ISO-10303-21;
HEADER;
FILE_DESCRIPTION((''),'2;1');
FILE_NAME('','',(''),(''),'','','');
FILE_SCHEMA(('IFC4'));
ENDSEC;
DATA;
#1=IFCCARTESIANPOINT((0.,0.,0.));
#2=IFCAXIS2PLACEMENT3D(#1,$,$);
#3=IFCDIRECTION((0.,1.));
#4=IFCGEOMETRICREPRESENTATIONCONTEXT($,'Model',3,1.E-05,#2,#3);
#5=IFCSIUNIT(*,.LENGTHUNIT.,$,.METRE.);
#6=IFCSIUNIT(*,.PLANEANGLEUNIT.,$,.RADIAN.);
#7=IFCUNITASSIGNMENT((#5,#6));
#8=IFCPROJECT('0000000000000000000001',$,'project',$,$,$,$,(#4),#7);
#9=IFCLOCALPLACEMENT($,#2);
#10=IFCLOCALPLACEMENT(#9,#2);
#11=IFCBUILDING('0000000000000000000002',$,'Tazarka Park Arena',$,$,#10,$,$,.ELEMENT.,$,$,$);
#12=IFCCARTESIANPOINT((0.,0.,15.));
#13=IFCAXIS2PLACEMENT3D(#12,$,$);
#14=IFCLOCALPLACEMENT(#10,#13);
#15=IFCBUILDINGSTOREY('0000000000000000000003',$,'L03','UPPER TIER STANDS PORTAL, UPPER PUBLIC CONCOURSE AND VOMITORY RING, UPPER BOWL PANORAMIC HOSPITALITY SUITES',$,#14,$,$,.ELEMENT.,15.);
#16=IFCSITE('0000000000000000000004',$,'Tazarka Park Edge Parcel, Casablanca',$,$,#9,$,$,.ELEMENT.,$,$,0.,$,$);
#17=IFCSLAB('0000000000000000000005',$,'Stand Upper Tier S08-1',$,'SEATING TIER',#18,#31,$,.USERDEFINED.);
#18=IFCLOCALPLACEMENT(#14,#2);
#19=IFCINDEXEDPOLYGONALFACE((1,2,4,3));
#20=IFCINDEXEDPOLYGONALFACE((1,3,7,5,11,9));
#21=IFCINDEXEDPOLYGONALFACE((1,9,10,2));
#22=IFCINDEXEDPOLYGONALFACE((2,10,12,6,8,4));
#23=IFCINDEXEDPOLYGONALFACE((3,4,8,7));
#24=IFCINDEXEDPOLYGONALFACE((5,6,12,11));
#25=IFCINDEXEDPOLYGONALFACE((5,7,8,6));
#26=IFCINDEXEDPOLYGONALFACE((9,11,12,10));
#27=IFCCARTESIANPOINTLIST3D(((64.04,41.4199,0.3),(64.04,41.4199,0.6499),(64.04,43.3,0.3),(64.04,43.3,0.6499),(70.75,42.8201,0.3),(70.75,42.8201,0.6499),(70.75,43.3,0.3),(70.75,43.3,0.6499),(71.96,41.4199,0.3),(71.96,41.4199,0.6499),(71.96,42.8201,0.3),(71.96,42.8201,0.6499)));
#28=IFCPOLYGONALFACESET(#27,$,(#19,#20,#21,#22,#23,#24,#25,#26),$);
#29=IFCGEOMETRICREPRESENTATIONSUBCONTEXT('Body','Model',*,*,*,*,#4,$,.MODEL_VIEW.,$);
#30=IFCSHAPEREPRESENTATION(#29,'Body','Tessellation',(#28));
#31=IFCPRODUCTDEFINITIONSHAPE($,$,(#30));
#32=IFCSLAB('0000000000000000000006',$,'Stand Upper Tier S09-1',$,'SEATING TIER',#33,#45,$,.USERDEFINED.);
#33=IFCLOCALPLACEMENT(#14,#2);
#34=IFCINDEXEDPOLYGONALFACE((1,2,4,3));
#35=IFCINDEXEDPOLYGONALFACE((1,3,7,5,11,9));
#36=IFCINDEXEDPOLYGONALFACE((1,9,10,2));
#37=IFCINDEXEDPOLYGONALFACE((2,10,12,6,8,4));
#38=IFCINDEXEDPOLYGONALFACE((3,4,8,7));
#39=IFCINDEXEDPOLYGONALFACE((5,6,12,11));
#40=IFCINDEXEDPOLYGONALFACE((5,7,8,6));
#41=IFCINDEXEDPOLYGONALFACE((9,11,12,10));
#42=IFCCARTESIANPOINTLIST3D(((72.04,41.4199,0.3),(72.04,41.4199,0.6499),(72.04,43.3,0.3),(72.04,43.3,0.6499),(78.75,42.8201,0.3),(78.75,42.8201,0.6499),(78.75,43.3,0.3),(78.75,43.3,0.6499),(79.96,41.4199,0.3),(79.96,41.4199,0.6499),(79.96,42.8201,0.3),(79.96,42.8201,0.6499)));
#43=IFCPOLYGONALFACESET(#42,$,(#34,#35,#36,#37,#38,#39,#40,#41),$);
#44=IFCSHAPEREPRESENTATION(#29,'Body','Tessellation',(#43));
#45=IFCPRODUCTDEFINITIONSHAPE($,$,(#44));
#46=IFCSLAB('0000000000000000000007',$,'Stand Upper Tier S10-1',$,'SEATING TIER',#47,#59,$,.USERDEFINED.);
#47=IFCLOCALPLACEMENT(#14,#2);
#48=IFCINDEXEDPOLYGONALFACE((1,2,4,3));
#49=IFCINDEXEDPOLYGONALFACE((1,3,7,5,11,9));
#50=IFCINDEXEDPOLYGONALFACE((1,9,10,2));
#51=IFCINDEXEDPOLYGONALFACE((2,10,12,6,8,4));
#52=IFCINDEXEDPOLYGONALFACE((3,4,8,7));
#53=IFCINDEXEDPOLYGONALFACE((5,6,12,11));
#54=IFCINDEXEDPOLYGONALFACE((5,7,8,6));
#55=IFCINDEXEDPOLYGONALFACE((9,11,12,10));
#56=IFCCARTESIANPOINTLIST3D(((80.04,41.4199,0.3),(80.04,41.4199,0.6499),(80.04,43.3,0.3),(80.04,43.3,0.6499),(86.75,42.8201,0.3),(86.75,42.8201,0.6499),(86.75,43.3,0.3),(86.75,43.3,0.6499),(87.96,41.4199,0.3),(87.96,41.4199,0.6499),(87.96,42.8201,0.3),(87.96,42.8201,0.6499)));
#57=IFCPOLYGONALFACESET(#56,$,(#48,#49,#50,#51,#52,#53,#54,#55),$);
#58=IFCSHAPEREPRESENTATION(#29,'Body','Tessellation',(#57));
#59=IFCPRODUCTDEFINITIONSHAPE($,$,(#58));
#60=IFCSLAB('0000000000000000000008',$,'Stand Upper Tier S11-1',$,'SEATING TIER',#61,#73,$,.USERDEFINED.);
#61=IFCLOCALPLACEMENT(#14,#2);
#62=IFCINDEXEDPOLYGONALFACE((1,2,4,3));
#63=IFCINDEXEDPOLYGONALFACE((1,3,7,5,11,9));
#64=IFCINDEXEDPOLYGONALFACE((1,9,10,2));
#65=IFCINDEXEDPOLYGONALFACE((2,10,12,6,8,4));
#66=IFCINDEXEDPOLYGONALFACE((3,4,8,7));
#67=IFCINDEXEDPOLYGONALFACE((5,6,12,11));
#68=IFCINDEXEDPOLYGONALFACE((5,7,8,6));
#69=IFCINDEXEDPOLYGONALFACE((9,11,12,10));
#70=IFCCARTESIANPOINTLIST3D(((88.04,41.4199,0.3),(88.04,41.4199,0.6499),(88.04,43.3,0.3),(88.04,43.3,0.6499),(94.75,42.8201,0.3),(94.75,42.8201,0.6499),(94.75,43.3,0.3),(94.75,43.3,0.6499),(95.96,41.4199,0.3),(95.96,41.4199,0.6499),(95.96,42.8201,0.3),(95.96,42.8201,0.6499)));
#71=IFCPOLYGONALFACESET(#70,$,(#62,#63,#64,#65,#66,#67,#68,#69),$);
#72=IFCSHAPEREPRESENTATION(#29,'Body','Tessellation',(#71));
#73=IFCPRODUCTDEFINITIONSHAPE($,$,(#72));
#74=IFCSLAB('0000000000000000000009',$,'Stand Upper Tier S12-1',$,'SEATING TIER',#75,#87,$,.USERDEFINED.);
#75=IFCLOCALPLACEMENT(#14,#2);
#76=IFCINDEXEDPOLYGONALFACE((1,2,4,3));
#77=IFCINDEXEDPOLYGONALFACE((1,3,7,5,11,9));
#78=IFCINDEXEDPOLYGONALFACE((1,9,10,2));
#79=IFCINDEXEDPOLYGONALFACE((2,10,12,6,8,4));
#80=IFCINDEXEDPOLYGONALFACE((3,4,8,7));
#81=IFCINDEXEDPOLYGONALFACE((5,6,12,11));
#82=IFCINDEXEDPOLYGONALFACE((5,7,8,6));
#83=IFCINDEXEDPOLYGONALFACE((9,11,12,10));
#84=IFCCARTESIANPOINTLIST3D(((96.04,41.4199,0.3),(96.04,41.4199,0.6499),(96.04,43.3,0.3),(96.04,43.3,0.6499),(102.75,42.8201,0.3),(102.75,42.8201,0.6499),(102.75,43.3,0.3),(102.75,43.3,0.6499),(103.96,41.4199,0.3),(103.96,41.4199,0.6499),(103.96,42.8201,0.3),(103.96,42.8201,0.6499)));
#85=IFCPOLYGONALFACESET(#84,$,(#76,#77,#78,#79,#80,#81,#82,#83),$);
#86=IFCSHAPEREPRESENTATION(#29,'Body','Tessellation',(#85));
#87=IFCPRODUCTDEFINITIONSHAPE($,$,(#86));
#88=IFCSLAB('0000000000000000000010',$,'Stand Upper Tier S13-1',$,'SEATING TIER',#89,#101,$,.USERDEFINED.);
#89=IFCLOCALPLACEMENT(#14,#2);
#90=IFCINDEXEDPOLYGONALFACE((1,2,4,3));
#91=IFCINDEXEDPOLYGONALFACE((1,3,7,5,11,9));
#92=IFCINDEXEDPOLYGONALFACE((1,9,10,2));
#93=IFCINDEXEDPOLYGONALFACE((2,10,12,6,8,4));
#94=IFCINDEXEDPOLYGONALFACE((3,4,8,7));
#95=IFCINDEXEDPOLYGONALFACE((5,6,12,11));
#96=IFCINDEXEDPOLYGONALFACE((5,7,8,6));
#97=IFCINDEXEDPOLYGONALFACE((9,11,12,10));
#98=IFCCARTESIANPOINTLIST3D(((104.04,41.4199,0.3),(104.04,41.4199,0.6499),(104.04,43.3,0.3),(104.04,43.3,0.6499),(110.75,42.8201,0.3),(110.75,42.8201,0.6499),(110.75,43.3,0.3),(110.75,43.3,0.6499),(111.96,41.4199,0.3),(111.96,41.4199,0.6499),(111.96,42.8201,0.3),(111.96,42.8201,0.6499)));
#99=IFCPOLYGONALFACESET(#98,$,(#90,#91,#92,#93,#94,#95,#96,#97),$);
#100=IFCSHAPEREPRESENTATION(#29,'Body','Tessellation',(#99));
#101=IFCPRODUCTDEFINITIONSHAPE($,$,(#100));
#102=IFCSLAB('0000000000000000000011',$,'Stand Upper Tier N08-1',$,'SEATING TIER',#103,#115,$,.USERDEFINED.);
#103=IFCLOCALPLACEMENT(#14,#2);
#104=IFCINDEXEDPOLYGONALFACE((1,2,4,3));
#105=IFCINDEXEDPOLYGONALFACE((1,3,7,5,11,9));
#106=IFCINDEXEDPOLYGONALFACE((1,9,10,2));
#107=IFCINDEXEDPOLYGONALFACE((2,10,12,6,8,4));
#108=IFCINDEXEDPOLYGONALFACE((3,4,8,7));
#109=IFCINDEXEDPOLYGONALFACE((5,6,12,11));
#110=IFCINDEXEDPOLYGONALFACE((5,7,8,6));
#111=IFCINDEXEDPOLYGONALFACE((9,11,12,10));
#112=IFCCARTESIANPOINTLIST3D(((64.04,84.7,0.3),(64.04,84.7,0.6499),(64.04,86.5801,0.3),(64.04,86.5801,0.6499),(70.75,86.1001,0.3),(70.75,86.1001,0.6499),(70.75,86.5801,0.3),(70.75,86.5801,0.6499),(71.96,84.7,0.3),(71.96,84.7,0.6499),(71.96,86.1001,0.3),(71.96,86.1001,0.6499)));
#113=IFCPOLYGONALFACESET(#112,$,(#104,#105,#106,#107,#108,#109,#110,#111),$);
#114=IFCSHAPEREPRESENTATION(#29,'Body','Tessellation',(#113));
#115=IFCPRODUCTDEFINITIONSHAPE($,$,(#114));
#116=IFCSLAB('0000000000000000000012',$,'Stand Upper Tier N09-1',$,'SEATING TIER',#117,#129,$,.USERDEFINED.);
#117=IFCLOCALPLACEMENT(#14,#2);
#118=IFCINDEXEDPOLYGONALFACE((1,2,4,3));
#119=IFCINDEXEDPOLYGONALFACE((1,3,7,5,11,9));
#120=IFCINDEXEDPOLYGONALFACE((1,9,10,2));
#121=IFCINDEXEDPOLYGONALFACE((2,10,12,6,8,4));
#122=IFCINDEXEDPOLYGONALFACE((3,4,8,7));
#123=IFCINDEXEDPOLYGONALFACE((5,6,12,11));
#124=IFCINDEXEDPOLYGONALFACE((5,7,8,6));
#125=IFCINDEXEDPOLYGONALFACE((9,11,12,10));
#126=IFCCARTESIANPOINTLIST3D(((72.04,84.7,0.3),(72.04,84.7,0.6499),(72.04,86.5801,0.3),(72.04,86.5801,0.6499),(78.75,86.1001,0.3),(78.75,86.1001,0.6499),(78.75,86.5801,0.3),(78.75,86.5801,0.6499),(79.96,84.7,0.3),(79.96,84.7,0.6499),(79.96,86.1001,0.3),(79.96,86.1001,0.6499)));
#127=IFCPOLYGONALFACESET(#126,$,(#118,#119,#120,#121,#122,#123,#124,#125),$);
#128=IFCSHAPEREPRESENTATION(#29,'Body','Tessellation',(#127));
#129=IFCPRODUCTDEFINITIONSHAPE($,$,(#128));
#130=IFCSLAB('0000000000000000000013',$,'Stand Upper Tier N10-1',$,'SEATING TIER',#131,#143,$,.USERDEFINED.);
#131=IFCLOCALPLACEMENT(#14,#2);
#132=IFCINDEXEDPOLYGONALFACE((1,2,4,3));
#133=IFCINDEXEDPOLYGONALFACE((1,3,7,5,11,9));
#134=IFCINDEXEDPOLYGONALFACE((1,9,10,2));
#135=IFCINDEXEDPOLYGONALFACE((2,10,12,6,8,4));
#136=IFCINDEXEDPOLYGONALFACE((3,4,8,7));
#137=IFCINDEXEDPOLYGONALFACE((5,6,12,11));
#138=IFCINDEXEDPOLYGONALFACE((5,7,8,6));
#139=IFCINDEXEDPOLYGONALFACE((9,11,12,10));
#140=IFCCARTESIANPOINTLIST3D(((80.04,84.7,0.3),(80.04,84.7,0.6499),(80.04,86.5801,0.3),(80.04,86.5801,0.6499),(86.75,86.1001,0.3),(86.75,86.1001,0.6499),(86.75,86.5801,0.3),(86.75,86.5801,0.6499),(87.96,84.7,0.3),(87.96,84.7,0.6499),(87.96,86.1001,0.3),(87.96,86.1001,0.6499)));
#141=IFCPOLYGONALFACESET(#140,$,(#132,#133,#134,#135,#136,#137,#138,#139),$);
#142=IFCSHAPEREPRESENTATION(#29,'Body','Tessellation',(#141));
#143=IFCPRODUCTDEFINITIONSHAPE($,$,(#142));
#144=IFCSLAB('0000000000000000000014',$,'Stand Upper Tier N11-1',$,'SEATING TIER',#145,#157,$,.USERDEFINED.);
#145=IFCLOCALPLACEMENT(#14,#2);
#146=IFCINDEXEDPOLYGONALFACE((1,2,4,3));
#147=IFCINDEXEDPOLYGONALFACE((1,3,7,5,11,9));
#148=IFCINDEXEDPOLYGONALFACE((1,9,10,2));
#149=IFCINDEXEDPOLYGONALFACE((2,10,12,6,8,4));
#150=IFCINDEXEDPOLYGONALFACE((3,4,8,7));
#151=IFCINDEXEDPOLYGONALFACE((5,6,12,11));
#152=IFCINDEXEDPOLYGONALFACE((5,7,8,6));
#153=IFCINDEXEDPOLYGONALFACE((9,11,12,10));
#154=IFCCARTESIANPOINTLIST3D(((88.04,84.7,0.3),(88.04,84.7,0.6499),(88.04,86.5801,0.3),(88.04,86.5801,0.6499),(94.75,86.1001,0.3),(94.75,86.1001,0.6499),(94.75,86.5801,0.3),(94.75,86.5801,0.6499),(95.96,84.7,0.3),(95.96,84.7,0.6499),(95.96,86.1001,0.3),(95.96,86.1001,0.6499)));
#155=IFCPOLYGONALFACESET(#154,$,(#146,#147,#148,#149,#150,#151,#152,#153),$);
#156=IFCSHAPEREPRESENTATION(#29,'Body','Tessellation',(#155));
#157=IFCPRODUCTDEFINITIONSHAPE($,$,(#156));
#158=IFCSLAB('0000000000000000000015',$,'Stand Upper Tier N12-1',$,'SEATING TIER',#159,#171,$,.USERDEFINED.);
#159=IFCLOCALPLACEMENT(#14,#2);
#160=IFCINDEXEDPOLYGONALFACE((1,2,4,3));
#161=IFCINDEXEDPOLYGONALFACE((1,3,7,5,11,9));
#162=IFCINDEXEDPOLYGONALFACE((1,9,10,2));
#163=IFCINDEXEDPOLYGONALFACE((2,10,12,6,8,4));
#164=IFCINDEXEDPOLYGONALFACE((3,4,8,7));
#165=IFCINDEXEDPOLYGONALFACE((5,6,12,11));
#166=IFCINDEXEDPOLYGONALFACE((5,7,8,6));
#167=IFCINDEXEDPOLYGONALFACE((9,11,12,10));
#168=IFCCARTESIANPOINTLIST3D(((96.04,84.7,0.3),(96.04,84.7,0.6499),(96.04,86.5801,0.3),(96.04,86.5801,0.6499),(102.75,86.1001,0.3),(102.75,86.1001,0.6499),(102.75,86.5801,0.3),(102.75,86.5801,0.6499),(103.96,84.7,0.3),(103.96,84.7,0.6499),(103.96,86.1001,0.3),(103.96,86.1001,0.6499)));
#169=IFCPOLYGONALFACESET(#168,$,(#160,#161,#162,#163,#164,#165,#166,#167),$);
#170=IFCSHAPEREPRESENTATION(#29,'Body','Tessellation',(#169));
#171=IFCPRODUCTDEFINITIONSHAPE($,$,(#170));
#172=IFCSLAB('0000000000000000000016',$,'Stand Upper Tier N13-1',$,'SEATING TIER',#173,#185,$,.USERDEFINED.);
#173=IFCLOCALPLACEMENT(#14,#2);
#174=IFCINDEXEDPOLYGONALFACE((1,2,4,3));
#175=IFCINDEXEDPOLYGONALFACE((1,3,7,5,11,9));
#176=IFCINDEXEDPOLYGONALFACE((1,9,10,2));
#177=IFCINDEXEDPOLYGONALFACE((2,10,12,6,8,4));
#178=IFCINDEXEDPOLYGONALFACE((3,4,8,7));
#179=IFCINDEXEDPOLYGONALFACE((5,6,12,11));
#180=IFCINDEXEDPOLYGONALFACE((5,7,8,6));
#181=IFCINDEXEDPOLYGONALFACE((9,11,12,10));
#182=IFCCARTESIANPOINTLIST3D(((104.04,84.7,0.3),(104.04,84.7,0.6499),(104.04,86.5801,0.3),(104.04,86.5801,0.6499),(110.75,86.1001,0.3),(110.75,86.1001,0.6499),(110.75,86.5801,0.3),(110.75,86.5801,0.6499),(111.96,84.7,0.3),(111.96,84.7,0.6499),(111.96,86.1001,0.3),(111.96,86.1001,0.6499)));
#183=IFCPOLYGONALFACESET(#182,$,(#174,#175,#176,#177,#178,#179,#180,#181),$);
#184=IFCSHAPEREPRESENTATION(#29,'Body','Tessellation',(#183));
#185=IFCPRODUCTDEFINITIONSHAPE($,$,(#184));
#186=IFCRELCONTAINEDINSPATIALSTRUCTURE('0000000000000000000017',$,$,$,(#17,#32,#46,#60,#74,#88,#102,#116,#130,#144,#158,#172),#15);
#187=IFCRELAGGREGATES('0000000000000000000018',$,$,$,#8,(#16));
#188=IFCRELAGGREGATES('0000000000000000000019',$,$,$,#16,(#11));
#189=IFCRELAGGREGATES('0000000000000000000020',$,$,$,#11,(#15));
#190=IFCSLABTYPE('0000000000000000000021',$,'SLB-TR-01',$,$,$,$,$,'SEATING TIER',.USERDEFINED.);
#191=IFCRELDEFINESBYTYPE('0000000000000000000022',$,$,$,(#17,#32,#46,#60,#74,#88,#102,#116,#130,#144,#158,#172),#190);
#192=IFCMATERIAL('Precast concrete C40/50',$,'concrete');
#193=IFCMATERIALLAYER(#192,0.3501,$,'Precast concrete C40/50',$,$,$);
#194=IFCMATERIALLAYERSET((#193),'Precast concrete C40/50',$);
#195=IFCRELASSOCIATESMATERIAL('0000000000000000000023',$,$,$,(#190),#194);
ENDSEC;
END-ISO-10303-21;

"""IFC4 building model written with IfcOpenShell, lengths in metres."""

from ifc_helpers import new_model, si_unit, direction, frame, origin, place, context, subcontext, project, spatial, polyline, outline, extrude, material, layer, layer_set, type_object, element, save


model = new_model("IFC4")

# Units and contexts
model_context = context("Model", 3, precision=1e-05, world=origin(), true_north=direction((0.0, 1.0)))
body_context = subcontext(model_context, "Body", "Model", "MODEL_VIEW")
ifc_project = project(units=[si_unit("LENGTHUNIT", "METRE"), si_unit("PLANEANGLEUNIT", "RADIAN")], contexts=[model_context])

# Site, building, storey
site_placement = place(None, origin())
site = spatial("IfcSite", under=ifc_project, at=site_placement, Name="Tazarka Park Edge Parcel, Casablanca", CompositionType="ELEMENT", RefElevation=0.0)
building_placement = place(site_placement, origin())
building = spatial("IfcBuilding", under=site, at=building_placement, Name="Tazarka Park Arena", CompositionType="ELEMENT")
storey_placement = place(building_placement, frame((0.0, 0.0, 15.0)))
storey = spatial("IfcBuildingStorey", under=building, at=storey_placement, Name="L03", Description="UPPER TIER STANDS PORTAL, UPPER PUBLIC CONCOURSE AND VOMITORY RING, UPPER BOWL PANORAMIC HOSPITALITY SUITES", CompositionType="ELEMENT", Elevation=15.0)

# Slabs
ifc_material_1 = material(Name="Precast concrete C40/50", Category="concrete")
ifc_layer_1 = layer(ifc_material_1, 0.3501, Name="Precast concrete C40/50")
ifc_layer_set_1 = layer_set([ifc_layer_1], Name="Precast concrete C40/50")
slab_type_1 = type_object("IfcSlabType", Name="SLB-TR-01", ElementType="SEATING TIER", PredefinedType="USERDEFINED", material=ifc_layer_set_1)
slab_1_placement = place(storey_placement, frame((0.0, 0.0, 0.3)))
element("IfcSlab", 1, at=slab_1_placement, inside=storey, type_object=slab_type_1, Name="Stand Upper Tier S08-1", ObjectType="SEATING TIER", PredefinedType="USERDEFINED", context=body_context, shape_type="SweptSolid", body=[
    extrude(outline(polyline([(64.04, 41.4199), (71.96, 41.4199), (71.96, 42.8201), (70.75, 42.8201), (70.75, 43.3), (64.04, 43.3), (64.04, 41.4199)])), origin(), (0.0, 0.0, 1.0), 0.3499),
])
slab_2_placement = place(storey_placement, frame((0.0, 0.0, 0.3)))
element("IfcSlab", 2, at=slab_2_placement, inside=storey, type_object=slab_type_1, Name="Stand Upper Tier S09-1", ObjectType="SEATING TIER", PredefinedType="USERDEFINED", context=body_context, shape_type="SweptSolid", body=[
    extrude(outline(polyline([(72.04, 41.4199), (79.96, 41.4199), (79.96, 42.8201), (78.75, 42.8201), (78.75, 43.3), (72.04, 43.3), (72.04, 41.4199)])), origin(), (0.0, 0.0, 1.0), 0.3499),
])
slab_3_placement = place(storey_placement, frame((0.0, 0.0, 0.3)))
element("IfcSlab", 3, at=slab_3_placement, inside=storey, type_object=slab_type_1, Name="Stand Upper Tier S10-1", ObjectType="SEATING TIER", PredefinedType="USERDEFINED", context=body_context, shape_type="SweptSolid", body=[
    extrude(outline(polyline([(80.04, 41.4199), (87.96, 41.4199), (87.96, 42.8201), (86.75, 42.8201), (86.75, 43.3), (80.04, 43.3), (80.04, 41.4199)])), origin(), (0.0, 0.0, 1.0), 0.3499),
])
slab_4_placement = place(storey_placement, frame((0.0, 0.0, 0.3)))
element("IfcSlab", 4, at=slab_4_placement, inside=storey, type_object=slab_type_1, Name="Stand Upper Tier S11-1", ObjectType="SEATING TIER", PredefinedType="USERDEFINED", context=body_context, shape_type="SweptSolid", body=[
    extrude(outline(polyline([(88.04, 41.4199), (95.96, 41.4199), (95.96, 42.8201), (94.75, 42.8201), (94.75, 43.3), (88.04, 43.3), (88.04, 41.4199)])), origin(), (0.0, 0.0, 1.0), 0.3499),
])
slab_5_placement = place(storey_placement, frame((0.0, 0.0, 0.3)))
element("IfcSlab", 5, at=slab_5_placement, inside=storey, type_object=slab_type_1, Name="Stand Upper Tier S12-1", ObjectType="SEATING TIER", PredefinedType="USERDEFINED", context=body_context, shape_type="SweptSolid", body=[
    extrude(outline(polyline([(96.04, 41.4199), (103.96, 41.4199), (103.96, 42.8201), (102.75, 42.8201), (102.75, 43.3), (96.04, 43.3), (96.04, 41.4199)])), origin(), (0.0, 0.0, 1.0), 0.3499),
])
slab_6_placement = place(storey_placement, frame((0.0, 0.0, 0.3)))
element("IfcSlab", 6, at=slab_6_placement, inside=storey, type_object=slab_type_1, Name="Stand Upper Tier S13-1", ObjectType="SEATING TIER", PredefinedType="USERDEFINED", context=body_context, shape_type="SweptSolid", body=[
    extrude(outline(polyline([(104.04, 41.4199), (111.96, 41.4199), (111.96, 42.8201), (110.75, 42.8201), (110.75, 43.3), (104.04, 43.3), (104.04, 41.4199)])), origin(), (0.0, 0.0, 1.0), 0.3499),
])
slab_7_placement = place(storey_placement, frame((0.0, 0.0, 0.3)))
element("IfcSlab", 7, at=slab_7_placement, inside=storey, type_object=slab_type_1, Name="Stand Upper Tier N08-1", ObjectType="SEATING TIER", PredefinedType="USERDEFINED", context=body_context, shape_type="SweptSolid", body=[
    extrude(outline(polyline([(64.04, 84.7), (71.96, 84.7), (71.96, 86.1001), (70.75, 86.1001), (70.75, 86.5801), (64.04, 86.5801), (64.04, 84.7)])), origin(), (0.0, 0.0, 1.0), 0.3499),
])
slab_8_placement = place(storey_placement, frame((0.0, 0.0, 0.3)))
element("IfcSlab", 8, at=slab_8_placement, inside=storey, type_object=slab_type_1, Name="Stand Upper Tier N09-1", ObjectType="SEATING TIER", PredefinedType="USERDEFINED", context=body_context, shape_type="SweptSolid", body=[
    extrude(outline(polyline([(72.04, 84.7), (79.96, 84.7), (79.96, 86.1001), (78.75, 86.1001), (78.75, 86.5801), (72.04, 86.5801), (72.04, 84.7)])), origin(), (0.0, 0.0, 1.0), 0.3499),
])
slab_9_placement = place(storey_placement, frame((0.0, 0.0, 0.3)))
element("IfcSlab", 9, at=slab_9_placement, inside=storey, type_object=slab_type_1, Name="Stand Upper Tier N10-1", ObjectType="SEATING TIER", PredefinedType="USERDEFINED", context=body_context, shape_type="SweptSolid", body=[
    extrude(outline(polyline([(80.04, 84.7), (87.96, 84.7), (87.96, 86.1001), (86.75, 86.1001), (86.75, 86.5801), (80.04, 86.5801), (80.04, 84.7)])), origin(), (0.0, 0.0, 1.0), 0.3499),
])
slab_10_placement = place(storey_placement, frame((0.0, 0.0, 0.3)))
element("IfcSlab", 10, at=slab_10_placement, inside=storey, type_object=slab_type_1, Name="Stand Upper Tier N11-1", ObjectType="SEATING TIER", PredefinedType="USERDEFINED", context=body_context, shape_type="SweptSolid", body=[
    extrude(outline(polyline([(88.04, 84.7), (95.96, 84.7), (95.96, 86.1001), (94.75, 86.1001), (94.75, 86.5801), (88.04, 86.5801), (88.04, 84.7)])), origin(), (0.0, 0.0, 1.0), 0.3499),
])
slab_11_placement = place(storey_placement, frame((0.0, 0.0, 0.3)))
element("IfcSlab", 11, at=slab_11_placement, inside=storey, type_object=slab_type_1, Name="Stand Upper Tier N12-1", ObjectType="SEATING TIER", PredefinedType="USERDEFINED", context=body_context, shape_type="SweptSolid", body=[
    extrude(outline(polyline([(96.04, 84.7), (103.96, 84.7), (103.96, 86.1001), (102.75, 86.1001), (102.75, 86.5801), (96.04, 86.5801), (96.04, 84.7)])), origin(), (0.0, 0.0, 1.0), 0.3499),
])
slab_12_placement = place(storey_placement, frame((0.0, 0.0, 0.3)))
element("IfcSlab", 12, at=slab_12_placement, inside=storey, type_object=slab_type_1, Name="Stand Upper Tier N13-1", ObjectType="SEATING TIER", PredefinedType="USERDEFINED", context=body_context, shape_type="SweptSolid", body=[
    extrude(outline(polyline([(104.04, 84.7), (111.96, 84.7), (111.96, 86.1001), (110.75, 86.1001), (110.75, 86.5801), (104.04, 86.5801), (104.04, 84.7)])), origin(), (0.0, 0.0, 1.0), 0.3499),
])

save(model, "model.ifc")
